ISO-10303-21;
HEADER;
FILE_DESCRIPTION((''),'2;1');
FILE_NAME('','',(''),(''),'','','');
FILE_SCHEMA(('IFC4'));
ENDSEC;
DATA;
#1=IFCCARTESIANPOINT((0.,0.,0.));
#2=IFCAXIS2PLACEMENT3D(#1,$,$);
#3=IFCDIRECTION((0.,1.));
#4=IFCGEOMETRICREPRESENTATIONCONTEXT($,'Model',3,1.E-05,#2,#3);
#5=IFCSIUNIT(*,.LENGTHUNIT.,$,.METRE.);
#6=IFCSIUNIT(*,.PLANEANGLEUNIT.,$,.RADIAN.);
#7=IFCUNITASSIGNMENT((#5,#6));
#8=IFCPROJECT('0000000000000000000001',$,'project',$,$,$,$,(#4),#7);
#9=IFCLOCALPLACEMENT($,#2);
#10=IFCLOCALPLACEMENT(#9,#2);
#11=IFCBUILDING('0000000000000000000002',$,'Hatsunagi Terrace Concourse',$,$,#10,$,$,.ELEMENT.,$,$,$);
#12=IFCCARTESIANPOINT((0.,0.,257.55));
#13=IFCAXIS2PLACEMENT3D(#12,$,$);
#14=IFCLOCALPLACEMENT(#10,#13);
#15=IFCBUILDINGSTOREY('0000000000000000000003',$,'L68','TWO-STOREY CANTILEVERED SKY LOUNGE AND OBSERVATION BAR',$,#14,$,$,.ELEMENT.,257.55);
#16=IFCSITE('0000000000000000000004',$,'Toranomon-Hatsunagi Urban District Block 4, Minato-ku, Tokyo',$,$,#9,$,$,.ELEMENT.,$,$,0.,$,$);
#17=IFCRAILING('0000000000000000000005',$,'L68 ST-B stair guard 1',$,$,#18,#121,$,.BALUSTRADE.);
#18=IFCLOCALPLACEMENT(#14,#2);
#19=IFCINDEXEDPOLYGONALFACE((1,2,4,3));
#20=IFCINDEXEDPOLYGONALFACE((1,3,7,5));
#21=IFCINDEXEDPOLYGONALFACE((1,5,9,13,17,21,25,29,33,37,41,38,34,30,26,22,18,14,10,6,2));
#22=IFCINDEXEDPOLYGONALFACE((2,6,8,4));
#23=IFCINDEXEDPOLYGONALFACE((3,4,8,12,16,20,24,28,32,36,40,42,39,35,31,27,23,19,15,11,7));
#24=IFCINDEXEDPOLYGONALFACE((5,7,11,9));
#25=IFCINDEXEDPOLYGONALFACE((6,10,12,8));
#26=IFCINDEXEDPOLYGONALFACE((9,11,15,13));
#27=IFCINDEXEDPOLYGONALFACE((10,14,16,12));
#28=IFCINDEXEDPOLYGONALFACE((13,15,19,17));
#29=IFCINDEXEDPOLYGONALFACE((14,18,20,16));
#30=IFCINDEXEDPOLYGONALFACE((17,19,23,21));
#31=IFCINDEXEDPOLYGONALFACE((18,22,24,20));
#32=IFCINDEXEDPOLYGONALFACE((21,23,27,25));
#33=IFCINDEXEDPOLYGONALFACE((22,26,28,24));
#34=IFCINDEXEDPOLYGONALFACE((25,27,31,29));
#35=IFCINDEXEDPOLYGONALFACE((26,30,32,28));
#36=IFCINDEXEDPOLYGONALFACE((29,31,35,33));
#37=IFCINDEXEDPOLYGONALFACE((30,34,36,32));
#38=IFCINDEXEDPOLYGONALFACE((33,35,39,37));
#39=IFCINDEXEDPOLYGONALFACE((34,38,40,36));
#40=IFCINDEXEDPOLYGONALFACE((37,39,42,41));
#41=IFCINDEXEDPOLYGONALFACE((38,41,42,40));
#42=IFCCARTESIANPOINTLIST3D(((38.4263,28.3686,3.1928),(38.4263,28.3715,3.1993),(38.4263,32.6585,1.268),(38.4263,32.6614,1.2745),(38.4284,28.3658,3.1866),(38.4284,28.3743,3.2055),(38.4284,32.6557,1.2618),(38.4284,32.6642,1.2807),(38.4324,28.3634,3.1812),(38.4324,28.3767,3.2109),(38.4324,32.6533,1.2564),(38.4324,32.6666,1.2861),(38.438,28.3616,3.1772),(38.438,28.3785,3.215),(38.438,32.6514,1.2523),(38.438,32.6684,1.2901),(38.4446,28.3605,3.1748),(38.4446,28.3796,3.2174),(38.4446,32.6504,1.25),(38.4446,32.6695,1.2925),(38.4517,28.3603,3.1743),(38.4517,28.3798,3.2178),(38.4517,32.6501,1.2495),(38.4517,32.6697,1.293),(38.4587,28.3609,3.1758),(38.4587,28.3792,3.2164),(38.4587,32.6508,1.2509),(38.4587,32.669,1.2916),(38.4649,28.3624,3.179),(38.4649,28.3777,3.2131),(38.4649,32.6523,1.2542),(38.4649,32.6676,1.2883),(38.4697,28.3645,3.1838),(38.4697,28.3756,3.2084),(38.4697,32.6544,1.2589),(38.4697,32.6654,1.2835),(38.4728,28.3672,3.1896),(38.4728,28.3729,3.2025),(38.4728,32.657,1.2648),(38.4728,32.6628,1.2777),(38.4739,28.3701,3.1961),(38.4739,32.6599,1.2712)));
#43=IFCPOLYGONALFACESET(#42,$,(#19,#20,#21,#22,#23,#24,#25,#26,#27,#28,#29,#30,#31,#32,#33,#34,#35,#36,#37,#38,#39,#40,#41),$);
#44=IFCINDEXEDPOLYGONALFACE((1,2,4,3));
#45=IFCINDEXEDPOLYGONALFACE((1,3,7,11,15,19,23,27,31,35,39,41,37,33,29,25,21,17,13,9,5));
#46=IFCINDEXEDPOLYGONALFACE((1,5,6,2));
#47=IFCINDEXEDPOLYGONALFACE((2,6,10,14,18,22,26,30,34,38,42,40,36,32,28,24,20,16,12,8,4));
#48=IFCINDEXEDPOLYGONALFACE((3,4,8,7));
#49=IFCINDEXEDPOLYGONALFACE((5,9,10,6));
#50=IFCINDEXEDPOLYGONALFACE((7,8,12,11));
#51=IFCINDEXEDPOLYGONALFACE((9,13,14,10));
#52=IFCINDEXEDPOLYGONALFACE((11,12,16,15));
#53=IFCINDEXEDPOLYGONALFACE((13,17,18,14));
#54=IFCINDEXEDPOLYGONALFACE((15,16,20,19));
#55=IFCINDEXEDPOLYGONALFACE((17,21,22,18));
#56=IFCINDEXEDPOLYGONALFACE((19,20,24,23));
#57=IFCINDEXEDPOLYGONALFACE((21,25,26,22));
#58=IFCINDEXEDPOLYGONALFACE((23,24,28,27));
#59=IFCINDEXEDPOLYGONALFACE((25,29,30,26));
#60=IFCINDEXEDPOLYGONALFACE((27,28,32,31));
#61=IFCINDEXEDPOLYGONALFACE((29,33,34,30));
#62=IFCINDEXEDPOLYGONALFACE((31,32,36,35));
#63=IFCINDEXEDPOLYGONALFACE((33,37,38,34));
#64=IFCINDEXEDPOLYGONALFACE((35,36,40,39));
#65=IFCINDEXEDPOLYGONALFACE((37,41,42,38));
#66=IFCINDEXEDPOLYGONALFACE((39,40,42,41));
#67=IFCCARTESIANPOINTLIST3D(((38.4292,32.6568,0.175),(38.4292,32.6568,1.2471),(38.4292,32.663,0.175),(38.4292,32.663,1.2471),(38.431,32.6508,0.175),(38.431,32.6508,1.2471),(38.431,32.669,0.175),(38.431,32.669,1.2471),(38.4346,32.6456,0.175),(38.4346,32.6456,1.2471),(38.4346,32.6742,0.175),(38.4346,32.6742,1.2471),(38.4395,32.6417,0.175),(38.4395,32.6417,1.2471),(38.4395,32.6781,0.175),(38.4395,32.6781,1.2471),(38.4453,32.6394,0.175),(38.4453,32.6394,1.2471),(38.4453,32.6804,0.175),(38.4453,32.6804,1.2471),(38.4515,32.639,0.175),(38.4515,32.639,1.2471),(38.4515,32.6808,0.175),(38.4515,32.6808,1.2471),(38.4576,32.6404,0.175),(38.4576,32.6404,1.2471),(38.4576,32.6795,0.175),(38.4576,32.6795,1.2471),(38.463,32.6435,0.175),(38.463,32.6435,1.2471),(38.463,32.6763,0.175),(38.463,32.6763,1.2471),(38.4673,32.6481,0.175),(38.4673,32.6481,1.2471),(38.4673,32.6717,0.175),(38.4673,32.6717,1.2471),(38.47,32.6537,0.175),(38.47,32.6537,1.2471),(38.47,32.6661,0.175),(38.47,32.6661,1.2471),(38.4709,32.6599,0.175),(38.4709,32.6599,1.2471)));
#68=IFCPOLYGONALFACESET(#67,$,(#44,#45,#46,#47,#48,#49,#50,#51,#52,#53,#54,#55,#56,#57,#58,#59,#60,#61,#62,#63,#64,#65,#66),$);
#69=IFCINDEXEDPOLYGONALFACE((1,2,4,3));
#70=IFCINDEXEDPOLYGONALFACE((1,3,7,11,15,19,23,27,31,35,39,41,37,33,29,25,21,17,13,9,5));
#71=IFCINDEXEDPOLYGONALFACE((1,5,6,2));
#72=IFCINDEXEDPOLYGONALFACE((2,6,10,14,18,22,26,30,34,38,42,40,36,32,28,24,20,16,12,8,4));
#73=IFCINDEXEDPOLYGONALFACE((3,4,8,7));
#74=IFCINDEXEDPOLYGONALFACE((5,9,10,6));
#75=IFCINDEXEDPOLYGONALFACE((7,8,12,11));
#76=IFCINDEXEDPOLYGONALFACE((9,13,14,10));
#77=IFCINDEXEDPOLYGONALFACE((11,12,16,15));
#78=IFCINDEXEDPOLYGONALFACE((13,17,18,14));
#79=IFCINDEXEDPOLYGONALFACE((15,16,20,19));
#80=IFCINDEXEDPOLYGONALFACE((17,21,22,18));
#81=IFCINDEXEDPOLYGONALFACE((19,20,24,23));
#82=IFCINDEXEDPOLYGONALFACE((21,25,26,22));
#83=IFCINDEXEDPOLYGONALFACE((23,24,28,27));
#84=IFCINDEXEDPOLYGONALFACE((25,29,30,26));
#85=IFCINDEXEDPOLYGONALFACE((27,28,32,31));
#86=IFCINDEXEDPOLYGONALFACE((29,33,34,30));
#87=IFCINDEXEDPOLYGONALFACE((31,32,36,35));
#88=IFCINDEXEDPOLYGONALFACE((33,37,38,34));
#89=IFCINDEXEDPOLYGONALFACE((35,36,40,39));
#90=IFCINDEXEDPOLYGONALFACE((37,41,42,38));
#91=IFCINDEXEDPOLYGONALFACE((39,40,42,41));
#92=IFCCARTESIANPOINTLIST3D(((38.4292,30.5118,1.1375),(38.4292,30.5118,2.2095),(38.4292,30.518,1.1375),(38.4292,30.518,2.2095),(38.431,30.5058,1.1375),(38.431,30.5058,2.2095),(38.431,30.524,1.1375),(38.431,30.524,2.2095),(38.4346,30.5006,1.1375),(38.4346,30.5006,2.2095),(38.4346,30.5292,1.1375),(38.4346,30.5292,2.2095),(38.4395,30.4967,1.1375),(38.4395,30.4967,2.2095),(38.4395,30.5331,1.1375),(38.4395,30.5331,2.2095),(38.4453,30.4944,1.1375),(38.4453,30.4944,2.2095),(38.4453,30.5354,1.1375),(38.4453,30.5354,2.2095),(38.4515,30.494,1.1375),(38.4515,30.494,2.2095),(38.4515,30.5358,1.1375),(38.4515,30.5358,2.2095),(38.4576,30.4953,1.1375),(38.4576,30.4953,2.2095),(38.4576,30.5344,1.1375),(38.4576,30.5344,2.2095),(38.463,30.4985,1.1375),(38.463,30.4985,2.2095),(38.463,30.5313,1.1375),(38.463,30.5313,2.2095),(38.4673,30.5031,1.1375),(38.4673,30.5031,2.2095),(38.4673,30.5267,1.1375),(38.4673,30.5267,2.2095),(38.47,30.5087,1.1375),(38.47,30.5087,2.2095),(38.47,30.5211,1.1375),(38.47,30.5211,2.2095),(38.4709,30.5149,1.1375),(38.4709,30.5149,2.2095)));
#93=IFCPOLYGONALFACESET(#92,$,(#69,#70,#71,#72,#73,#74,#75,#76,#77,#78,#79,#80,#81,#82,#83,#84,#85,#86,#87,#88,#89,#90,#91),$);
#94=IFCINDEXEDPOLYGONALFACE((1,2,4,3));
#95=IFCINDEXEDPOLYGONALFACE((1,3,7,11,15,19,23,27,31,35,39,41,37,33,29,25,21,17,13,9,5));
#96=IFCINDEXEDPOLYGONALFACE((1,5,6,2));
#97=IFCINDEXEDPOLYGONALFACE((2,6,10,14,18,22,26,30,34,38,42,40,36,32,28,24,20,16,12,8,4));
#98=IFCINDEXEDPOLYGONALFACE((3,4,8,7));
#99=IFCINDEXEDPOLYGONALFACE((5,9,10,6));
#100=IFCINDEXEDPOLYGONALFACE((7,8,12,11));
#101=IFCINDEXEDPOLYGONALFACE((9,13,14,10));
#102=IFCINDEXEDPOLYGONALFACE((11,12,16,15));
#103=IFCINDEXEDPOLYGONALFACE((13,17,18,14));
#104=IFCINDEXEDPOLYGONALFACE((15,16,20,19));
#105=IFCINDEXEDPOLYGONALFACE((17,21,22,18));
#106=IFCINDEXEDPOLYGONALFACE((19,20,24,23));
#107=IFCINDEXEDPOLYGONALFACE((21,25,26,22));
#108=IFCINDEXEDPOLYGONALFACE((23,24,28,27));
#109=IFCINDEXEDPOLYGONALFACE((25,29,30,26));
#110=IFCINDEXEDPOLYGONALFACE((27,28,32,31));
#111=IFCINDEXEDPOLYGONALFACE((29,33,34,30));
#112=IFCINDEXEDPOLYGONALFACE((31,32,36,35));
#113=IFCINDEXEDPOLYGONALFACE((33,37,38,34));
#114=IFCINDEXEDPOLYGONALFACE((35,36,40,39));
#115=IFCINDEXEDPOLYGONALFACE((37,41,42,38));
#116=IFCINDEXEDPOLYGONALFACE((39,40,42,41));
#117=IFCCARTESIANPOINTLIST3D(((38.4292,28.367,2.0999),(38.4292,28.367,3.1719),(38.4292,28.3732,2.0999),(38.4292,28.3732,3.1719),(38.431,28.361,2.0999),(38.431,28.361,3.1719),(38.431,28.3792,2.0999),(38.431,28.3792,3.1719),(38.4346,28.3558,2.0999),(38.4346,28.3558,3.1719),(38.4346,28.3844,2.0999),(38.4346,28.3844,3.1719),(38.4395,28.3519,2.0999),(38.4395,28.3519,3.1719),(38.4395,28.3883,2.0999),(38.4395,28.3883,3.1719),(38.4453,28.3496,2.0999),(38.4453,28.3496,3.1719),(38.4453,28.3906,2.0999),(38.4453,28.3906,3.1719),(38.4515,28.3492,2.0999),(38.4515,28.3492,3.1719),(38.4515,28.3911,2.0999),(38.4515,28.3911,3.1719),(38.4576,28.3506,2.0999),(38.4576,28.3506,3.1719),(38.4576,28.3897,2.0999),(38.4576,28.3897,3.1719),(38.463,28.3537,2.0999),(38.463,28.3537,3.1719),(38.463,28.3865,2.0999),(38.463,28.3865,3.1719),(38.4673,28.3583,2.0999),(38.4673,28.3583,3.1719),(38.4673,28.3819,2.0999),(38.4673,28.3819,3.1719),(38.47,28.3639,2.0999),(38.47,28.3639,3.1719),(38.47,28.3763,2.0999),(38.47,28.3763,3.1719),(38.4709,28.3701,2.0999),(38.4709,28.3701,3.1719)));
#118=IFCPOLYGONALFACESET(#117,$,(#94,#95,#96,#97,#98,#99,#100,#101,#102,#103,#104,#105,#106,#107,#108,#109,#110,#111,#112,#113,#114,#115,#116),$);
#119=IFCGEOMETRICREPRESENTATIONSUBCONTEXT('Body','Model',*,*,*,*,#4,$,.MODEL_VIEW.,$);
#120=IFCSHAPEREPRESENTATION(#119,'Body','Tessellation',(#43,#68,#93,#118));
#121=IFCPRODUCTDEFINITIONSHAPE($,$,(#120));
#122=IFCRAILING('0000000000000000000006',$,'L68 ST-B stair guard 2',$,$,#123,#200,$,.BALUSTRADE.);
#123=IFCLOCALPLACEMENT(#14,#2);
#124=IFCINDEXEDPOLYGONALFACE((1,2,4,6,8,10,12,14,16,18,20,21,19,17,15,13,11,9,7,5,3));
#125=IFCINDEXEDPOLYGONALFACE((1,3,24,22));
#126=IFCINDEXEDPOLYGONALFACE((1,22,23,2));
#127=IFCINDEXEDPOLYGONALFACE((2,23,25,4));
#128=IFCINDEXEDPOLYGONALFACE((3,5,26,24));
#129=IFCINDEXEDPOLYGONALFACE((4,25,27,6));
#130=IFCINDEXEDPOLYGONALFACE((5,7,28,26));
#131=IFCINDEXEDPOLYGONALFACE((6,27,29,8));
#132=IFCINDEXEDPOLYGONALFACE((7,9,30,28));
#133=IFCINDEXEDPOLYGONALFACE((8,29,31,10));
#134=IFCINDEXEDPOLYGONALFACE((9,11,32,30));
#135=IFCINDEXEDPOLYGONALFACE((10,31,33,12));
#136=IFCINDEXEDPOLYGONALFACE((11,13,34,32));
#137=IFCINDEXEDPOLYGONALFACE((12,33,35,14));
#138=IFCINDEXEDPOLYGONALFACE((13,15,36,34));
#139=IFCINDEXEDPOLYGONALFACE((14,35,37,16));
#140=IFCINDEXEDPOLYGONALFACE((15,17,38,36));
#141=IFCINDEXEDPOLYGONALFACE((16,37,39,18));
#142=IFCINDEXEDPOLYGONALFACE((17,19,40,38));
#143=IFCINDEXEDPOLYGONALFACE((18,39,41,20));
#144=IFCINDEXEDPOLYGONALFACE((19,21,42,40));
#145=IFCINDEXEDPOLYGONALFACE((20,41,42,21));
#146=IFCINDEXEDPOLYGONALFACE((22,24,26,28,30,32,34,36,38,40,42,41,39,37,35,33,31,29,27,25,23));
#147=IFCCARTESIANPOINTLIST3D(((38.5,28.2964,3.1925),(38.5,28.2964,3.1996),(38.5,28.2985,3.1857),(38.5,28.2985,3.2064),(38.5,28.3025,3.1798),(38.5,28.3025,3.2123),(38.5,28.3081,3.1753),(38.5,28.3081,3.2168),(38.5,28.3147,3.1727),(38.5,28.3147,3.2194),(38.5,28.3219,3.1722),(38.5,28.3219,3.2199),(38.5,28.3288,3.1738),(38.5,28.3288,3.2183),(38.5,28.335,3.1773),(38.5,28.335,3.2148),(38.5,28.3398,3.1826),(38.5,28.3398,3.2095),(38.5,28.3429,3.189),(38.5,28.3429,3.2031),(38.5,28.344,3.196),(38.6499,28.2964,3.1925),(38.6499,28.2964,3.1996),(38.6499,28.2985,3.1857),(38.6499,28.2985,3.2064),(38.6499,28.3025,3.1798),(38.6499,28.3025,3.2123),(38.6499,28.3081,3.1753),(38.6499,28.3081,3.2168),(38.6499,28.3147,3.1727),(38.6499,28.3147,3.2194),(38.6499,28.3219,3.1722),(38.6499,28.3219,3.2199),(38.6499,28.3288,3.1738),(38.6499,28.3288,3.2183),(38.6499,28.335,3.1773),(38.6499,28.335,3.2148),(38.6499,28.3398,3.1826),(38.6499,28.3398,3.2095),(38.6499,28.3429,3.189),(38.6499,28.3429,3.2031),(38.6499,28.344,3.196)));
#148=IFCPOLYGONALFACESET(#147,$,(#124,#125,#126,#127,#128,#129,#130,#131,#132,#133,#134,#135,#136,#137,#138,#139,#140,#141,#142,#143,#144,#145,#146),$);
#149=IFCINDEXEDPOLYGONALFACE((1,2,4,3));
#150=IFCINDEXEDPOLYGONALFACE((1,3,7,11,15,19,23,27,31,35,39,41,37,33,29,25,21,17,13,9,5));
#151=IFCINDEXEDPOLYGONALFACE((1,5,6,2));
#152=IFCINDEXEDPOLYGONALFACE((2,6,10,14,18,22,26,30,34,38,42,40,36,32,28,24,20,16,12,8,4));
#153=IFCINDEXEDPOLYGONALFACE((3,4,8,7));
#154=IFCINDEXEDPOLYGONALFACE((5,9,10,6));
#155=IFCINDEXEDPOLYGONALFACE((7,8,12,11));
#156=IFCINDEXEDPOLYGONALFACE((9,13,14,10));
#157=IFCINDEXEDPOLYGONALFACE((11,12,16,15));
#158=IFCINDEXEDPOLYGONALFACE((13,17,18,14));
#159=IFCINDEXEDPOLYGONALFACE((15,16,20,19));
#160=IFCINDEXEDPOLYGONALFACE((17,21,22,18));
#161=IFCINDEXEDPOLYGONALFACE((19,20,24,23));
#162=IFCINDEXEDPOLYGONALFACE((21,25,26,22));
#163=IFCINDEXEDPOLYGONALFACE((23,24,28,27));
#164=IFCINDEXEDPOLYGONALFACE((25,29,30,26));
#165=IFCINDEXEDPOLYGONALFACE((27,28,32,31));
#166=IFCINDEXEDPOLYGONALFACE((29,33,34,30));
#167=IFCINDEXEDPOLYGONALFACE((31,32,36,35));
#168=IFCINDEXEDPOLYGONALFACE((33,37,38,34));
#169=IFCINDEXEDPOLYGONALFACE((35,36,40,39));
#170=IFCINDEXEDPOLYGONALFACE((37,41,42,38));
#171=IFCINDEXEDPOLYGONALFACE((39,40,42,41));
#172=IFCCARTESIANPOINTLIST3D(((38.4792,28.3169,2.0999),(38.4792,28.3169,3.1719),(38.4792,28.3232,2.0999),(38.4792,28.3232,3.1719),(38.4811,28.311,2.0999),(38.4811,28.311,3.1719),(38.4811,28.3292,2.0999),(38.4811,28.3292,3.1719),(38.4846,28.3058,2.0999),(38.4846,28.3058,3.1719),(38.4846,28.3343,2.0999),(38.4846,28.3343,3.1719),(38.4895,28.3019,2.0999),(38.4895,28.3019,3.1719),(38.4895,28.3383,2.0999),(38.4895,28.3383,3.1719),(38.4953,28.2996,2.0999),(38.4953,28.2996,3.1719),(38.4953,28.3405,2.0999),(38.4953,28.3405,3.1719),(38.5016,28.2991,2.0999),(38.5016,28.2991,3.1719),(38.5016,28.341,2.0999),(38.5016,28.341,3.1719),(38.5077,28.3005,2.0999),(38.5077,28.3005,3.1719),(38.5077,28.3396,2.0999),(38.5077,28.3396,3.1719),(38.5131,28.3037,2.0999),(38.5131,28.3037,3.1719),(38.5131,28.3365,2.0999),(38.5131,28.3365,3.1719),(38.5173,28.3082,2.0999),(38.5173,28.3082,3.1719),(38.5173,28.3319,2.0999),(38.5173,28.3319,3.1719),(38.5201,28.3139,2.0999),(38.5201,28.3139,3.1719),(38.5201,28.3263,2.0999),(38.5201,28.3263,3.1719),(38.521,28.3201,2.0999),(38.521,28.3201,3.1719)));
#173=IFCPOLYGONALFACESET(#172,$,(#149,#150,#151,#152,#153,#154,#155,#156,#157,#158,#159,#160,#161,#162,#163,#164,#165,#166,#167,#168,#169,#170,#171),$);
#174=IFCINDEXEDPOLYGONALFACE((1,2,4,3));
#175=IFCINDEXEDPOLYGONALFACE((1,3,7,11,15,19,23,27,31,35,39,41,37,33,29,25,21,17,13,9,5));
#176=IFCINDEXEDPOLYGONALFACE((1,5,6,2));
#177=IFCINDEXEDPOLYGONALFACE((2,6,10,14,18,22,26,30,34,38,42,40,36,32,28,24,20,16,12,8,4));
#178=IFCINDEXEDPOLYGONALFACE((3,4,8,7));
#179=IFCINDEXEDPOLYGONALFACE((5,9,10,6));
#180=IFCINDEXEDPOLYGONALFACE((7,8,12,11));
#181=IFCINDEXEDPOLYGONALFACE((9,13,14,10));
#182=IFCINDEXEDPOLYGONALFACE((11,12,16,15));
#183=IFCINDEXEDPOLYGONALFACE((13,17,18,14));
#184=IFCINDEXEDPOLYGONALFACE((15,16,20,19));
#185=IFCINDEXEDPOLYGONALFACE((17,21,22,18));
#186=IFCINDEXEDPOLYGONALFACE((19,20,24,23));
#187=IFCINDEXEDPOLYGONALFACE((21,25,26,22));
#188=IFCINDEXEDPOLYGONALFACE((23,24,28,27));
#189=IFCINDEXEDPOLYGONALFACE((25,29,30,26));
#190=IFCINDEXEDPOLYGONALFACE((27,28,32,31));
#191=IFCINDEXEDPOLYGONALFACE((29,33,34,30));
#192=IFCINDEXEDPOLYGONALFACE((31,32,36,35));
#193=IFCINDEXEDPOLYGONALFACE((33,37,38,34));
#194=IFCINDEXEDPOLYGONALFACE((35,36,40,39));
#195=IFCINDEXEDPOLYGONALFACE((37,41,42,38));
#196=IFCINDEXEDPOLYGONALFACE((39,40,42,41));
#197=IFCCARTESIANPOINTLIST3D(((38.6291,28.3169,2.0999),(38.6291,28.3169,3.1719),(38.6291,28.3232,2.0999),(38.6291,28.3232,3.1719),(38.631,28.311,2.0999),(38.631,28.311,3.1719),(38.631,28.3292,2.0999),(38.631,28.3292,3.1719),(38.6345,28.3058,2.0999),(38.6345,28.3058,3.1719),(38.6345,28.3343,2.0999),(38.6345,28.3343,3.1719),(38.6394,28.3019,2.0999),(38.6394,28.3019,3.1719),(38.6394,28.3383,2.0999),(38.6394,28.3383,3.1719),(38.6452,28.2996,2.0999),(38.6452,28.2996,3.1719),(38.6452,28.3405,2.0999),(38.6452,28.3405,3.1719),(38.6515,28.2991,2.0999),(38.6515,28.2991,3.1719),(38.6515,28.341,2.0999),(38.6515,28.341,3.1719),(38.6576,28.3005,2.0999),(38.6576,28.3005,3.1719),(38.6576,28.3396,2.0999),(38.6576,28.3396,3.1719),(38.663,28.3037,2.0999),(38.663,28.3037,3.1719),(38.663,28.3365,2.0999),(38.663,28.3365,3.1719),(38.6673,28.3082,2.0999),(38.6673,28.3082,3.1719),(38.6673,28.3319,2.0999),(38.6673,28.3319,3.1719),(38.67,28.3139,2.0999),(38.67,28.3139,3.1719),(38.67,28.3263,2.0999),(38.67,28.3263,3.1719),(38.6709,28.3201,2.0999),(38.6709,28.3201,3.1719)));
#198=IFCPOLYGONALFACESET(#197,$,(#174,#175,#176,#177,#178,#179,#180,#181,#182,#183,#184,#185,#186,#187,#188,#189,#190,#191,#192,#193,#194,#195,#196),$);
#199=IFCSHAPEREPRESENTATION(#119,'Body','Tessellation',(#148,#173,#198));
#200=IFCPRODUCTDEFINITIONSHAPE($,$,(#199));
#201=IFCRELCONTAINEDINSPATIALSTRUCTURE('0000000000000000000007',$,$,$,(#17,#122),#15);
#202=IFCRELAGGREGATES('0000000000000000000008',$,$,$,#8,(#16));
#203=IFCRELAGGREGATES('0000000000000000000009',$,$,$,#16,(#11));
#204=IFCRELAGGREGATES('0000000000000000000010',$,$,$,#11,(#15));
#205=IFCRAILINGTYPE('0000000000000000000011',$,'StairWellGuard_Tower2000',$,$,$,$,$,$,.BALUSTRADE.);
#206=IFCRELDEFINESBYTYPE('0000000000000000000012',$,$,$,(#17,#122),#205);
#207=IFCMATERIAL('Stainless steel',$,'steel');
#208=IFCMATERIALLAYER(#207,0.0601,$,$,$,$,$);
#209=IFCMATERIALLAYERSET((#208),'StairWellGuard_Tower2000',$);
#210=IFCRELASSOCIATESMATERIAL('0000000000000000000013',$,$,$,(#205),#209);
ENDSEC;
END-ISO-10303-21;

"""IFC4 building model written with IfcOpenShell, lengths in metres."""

from ifc_helpers import new_model, si_unit, direction, frame, origin, origin_2d, place, context, subcontext, project, spatial, circle, extrude, material, layer, layer_set, type_object, element, save


model = new_model("IFC4")

# Units and contexts
model_context = context("Model", 3, precision=1e-05, world=origin(), true_north=direction((0.0, 1.0)))
body_context = subcontext(model_context, "Body", "Model", "MODEL_VIEW")
ifc_project = project(units=[si_unit("LENGTHUNIT", "METRE"), si_unit("PLANEANGLEUNIT", "RADIAN")], contexts=[model_context])

# Site, building, storey
site_placement = place(None, origin())
site = spatial("IfcSite", under=ifc_project, at=site_placement, Name="Toranomon-Hatsunagi Urban District Block 4, Minato-ku, Tokyo", CompositionType="ELEMENT", RefElevation=0.0)
building_placement = place(site_placement, origin())
building = spatial("IfcBuilding", under=site, at=building_placement, Name="Hatsunagi Terrace Concourse", CompositionType="ELEMENT")
storey_placement = place(building_placement, frame((0.0, 0.0, 257.55)))
storey = spatial("IfcBuildingStorey", under=building, at=storey_placement, Name="L68", Description="TWO-STOREY CANTILEVERED SKY LOUNGE AND OBSERVATION BAR", CompositionType="ELEMENT", Elevation=257.55)

# Railings
ifc_material_1 = material(Name="Stainless steel", Category="steel")
ifc_layer_1 = layer(ifc_material_1, 0.0601)
ifc_layer_set_1 = layer_set([ifc_layer_1], Name="StairWellGuard_Tower2000")
railing_type_1 = type_object("IfcRailingType", Name="StairWellGuard_Tower2000", PredefinedType="BALUSTRADE", material=ifc_layer_set_1)
railing_1_placement = place(storey_placement, frame((38.45, 32.6599, 0.175)))
element("IfcRailing", 1, at=railing_1_placement, inside=storey, type_object=railing_type_1, Name="L68 ST-B stair guard 1", PredefinedType="BALUSTRADE", context=body_context, shape_type="SweptSolid", body=[
    extrude(circle(Radius=0.0239, at=origin_2d()), frame((0.0, 0.0, 1.0962), z_axis=(0.0, -0.912367, 0.409373), x_axis=(1.0, 0.0, 0.0)), (0.0, 0.0, 1.0), 4.7019),
    extrude(circle(Radius=0.021, at=origin_2d()), origin(), (0.0, 0.0, 1.0), 1.072),
    extrude(circle(Radius=0.021, at=origin_2d()), frame((0.0, -2.145, 0.9624)), (0.0, 0.0, 1.0), 1.072),
    extrude(circle(Radius=0.021, at=origin_2d()), frame((0.0, -4.2898, 1.9248)), (0.0, 0.0, 1.0), 1.072),
])
railing_2_placement = place(storey_placement, frame((38.5, 28.3201, 2.0999)))
element("IfcRailing", 2, at=railing_2_placement, inside=storey, type_object=railing_type_1, Name="L68 ST-B stair guard 2", PredefinedType="BALUSTRADE", context=body_context, shape_type="SweptSolid", body=[
    extrude(circle(Radius=0.0239, at=origin_2d()), frame((0.0, 0.0, 1.0962), z_axis=(1.0, 0.0, 0.0), x_axis=(0.0, 1.0, 0.0)), (0.0, 0.0, 1.0), 0.1499),
    extrude(circle(Radius=0.021, at=origin_2d()), origin(), (0.0, 0.0, 1.0), 1.072),
    extrude(circle(Radius=0.021, at=origin_2d()), frame((0.1499, 0.0, 0.0)), (0.0, 0.0, 1.0), 1.072),
])

save(model, "model.ifc")
